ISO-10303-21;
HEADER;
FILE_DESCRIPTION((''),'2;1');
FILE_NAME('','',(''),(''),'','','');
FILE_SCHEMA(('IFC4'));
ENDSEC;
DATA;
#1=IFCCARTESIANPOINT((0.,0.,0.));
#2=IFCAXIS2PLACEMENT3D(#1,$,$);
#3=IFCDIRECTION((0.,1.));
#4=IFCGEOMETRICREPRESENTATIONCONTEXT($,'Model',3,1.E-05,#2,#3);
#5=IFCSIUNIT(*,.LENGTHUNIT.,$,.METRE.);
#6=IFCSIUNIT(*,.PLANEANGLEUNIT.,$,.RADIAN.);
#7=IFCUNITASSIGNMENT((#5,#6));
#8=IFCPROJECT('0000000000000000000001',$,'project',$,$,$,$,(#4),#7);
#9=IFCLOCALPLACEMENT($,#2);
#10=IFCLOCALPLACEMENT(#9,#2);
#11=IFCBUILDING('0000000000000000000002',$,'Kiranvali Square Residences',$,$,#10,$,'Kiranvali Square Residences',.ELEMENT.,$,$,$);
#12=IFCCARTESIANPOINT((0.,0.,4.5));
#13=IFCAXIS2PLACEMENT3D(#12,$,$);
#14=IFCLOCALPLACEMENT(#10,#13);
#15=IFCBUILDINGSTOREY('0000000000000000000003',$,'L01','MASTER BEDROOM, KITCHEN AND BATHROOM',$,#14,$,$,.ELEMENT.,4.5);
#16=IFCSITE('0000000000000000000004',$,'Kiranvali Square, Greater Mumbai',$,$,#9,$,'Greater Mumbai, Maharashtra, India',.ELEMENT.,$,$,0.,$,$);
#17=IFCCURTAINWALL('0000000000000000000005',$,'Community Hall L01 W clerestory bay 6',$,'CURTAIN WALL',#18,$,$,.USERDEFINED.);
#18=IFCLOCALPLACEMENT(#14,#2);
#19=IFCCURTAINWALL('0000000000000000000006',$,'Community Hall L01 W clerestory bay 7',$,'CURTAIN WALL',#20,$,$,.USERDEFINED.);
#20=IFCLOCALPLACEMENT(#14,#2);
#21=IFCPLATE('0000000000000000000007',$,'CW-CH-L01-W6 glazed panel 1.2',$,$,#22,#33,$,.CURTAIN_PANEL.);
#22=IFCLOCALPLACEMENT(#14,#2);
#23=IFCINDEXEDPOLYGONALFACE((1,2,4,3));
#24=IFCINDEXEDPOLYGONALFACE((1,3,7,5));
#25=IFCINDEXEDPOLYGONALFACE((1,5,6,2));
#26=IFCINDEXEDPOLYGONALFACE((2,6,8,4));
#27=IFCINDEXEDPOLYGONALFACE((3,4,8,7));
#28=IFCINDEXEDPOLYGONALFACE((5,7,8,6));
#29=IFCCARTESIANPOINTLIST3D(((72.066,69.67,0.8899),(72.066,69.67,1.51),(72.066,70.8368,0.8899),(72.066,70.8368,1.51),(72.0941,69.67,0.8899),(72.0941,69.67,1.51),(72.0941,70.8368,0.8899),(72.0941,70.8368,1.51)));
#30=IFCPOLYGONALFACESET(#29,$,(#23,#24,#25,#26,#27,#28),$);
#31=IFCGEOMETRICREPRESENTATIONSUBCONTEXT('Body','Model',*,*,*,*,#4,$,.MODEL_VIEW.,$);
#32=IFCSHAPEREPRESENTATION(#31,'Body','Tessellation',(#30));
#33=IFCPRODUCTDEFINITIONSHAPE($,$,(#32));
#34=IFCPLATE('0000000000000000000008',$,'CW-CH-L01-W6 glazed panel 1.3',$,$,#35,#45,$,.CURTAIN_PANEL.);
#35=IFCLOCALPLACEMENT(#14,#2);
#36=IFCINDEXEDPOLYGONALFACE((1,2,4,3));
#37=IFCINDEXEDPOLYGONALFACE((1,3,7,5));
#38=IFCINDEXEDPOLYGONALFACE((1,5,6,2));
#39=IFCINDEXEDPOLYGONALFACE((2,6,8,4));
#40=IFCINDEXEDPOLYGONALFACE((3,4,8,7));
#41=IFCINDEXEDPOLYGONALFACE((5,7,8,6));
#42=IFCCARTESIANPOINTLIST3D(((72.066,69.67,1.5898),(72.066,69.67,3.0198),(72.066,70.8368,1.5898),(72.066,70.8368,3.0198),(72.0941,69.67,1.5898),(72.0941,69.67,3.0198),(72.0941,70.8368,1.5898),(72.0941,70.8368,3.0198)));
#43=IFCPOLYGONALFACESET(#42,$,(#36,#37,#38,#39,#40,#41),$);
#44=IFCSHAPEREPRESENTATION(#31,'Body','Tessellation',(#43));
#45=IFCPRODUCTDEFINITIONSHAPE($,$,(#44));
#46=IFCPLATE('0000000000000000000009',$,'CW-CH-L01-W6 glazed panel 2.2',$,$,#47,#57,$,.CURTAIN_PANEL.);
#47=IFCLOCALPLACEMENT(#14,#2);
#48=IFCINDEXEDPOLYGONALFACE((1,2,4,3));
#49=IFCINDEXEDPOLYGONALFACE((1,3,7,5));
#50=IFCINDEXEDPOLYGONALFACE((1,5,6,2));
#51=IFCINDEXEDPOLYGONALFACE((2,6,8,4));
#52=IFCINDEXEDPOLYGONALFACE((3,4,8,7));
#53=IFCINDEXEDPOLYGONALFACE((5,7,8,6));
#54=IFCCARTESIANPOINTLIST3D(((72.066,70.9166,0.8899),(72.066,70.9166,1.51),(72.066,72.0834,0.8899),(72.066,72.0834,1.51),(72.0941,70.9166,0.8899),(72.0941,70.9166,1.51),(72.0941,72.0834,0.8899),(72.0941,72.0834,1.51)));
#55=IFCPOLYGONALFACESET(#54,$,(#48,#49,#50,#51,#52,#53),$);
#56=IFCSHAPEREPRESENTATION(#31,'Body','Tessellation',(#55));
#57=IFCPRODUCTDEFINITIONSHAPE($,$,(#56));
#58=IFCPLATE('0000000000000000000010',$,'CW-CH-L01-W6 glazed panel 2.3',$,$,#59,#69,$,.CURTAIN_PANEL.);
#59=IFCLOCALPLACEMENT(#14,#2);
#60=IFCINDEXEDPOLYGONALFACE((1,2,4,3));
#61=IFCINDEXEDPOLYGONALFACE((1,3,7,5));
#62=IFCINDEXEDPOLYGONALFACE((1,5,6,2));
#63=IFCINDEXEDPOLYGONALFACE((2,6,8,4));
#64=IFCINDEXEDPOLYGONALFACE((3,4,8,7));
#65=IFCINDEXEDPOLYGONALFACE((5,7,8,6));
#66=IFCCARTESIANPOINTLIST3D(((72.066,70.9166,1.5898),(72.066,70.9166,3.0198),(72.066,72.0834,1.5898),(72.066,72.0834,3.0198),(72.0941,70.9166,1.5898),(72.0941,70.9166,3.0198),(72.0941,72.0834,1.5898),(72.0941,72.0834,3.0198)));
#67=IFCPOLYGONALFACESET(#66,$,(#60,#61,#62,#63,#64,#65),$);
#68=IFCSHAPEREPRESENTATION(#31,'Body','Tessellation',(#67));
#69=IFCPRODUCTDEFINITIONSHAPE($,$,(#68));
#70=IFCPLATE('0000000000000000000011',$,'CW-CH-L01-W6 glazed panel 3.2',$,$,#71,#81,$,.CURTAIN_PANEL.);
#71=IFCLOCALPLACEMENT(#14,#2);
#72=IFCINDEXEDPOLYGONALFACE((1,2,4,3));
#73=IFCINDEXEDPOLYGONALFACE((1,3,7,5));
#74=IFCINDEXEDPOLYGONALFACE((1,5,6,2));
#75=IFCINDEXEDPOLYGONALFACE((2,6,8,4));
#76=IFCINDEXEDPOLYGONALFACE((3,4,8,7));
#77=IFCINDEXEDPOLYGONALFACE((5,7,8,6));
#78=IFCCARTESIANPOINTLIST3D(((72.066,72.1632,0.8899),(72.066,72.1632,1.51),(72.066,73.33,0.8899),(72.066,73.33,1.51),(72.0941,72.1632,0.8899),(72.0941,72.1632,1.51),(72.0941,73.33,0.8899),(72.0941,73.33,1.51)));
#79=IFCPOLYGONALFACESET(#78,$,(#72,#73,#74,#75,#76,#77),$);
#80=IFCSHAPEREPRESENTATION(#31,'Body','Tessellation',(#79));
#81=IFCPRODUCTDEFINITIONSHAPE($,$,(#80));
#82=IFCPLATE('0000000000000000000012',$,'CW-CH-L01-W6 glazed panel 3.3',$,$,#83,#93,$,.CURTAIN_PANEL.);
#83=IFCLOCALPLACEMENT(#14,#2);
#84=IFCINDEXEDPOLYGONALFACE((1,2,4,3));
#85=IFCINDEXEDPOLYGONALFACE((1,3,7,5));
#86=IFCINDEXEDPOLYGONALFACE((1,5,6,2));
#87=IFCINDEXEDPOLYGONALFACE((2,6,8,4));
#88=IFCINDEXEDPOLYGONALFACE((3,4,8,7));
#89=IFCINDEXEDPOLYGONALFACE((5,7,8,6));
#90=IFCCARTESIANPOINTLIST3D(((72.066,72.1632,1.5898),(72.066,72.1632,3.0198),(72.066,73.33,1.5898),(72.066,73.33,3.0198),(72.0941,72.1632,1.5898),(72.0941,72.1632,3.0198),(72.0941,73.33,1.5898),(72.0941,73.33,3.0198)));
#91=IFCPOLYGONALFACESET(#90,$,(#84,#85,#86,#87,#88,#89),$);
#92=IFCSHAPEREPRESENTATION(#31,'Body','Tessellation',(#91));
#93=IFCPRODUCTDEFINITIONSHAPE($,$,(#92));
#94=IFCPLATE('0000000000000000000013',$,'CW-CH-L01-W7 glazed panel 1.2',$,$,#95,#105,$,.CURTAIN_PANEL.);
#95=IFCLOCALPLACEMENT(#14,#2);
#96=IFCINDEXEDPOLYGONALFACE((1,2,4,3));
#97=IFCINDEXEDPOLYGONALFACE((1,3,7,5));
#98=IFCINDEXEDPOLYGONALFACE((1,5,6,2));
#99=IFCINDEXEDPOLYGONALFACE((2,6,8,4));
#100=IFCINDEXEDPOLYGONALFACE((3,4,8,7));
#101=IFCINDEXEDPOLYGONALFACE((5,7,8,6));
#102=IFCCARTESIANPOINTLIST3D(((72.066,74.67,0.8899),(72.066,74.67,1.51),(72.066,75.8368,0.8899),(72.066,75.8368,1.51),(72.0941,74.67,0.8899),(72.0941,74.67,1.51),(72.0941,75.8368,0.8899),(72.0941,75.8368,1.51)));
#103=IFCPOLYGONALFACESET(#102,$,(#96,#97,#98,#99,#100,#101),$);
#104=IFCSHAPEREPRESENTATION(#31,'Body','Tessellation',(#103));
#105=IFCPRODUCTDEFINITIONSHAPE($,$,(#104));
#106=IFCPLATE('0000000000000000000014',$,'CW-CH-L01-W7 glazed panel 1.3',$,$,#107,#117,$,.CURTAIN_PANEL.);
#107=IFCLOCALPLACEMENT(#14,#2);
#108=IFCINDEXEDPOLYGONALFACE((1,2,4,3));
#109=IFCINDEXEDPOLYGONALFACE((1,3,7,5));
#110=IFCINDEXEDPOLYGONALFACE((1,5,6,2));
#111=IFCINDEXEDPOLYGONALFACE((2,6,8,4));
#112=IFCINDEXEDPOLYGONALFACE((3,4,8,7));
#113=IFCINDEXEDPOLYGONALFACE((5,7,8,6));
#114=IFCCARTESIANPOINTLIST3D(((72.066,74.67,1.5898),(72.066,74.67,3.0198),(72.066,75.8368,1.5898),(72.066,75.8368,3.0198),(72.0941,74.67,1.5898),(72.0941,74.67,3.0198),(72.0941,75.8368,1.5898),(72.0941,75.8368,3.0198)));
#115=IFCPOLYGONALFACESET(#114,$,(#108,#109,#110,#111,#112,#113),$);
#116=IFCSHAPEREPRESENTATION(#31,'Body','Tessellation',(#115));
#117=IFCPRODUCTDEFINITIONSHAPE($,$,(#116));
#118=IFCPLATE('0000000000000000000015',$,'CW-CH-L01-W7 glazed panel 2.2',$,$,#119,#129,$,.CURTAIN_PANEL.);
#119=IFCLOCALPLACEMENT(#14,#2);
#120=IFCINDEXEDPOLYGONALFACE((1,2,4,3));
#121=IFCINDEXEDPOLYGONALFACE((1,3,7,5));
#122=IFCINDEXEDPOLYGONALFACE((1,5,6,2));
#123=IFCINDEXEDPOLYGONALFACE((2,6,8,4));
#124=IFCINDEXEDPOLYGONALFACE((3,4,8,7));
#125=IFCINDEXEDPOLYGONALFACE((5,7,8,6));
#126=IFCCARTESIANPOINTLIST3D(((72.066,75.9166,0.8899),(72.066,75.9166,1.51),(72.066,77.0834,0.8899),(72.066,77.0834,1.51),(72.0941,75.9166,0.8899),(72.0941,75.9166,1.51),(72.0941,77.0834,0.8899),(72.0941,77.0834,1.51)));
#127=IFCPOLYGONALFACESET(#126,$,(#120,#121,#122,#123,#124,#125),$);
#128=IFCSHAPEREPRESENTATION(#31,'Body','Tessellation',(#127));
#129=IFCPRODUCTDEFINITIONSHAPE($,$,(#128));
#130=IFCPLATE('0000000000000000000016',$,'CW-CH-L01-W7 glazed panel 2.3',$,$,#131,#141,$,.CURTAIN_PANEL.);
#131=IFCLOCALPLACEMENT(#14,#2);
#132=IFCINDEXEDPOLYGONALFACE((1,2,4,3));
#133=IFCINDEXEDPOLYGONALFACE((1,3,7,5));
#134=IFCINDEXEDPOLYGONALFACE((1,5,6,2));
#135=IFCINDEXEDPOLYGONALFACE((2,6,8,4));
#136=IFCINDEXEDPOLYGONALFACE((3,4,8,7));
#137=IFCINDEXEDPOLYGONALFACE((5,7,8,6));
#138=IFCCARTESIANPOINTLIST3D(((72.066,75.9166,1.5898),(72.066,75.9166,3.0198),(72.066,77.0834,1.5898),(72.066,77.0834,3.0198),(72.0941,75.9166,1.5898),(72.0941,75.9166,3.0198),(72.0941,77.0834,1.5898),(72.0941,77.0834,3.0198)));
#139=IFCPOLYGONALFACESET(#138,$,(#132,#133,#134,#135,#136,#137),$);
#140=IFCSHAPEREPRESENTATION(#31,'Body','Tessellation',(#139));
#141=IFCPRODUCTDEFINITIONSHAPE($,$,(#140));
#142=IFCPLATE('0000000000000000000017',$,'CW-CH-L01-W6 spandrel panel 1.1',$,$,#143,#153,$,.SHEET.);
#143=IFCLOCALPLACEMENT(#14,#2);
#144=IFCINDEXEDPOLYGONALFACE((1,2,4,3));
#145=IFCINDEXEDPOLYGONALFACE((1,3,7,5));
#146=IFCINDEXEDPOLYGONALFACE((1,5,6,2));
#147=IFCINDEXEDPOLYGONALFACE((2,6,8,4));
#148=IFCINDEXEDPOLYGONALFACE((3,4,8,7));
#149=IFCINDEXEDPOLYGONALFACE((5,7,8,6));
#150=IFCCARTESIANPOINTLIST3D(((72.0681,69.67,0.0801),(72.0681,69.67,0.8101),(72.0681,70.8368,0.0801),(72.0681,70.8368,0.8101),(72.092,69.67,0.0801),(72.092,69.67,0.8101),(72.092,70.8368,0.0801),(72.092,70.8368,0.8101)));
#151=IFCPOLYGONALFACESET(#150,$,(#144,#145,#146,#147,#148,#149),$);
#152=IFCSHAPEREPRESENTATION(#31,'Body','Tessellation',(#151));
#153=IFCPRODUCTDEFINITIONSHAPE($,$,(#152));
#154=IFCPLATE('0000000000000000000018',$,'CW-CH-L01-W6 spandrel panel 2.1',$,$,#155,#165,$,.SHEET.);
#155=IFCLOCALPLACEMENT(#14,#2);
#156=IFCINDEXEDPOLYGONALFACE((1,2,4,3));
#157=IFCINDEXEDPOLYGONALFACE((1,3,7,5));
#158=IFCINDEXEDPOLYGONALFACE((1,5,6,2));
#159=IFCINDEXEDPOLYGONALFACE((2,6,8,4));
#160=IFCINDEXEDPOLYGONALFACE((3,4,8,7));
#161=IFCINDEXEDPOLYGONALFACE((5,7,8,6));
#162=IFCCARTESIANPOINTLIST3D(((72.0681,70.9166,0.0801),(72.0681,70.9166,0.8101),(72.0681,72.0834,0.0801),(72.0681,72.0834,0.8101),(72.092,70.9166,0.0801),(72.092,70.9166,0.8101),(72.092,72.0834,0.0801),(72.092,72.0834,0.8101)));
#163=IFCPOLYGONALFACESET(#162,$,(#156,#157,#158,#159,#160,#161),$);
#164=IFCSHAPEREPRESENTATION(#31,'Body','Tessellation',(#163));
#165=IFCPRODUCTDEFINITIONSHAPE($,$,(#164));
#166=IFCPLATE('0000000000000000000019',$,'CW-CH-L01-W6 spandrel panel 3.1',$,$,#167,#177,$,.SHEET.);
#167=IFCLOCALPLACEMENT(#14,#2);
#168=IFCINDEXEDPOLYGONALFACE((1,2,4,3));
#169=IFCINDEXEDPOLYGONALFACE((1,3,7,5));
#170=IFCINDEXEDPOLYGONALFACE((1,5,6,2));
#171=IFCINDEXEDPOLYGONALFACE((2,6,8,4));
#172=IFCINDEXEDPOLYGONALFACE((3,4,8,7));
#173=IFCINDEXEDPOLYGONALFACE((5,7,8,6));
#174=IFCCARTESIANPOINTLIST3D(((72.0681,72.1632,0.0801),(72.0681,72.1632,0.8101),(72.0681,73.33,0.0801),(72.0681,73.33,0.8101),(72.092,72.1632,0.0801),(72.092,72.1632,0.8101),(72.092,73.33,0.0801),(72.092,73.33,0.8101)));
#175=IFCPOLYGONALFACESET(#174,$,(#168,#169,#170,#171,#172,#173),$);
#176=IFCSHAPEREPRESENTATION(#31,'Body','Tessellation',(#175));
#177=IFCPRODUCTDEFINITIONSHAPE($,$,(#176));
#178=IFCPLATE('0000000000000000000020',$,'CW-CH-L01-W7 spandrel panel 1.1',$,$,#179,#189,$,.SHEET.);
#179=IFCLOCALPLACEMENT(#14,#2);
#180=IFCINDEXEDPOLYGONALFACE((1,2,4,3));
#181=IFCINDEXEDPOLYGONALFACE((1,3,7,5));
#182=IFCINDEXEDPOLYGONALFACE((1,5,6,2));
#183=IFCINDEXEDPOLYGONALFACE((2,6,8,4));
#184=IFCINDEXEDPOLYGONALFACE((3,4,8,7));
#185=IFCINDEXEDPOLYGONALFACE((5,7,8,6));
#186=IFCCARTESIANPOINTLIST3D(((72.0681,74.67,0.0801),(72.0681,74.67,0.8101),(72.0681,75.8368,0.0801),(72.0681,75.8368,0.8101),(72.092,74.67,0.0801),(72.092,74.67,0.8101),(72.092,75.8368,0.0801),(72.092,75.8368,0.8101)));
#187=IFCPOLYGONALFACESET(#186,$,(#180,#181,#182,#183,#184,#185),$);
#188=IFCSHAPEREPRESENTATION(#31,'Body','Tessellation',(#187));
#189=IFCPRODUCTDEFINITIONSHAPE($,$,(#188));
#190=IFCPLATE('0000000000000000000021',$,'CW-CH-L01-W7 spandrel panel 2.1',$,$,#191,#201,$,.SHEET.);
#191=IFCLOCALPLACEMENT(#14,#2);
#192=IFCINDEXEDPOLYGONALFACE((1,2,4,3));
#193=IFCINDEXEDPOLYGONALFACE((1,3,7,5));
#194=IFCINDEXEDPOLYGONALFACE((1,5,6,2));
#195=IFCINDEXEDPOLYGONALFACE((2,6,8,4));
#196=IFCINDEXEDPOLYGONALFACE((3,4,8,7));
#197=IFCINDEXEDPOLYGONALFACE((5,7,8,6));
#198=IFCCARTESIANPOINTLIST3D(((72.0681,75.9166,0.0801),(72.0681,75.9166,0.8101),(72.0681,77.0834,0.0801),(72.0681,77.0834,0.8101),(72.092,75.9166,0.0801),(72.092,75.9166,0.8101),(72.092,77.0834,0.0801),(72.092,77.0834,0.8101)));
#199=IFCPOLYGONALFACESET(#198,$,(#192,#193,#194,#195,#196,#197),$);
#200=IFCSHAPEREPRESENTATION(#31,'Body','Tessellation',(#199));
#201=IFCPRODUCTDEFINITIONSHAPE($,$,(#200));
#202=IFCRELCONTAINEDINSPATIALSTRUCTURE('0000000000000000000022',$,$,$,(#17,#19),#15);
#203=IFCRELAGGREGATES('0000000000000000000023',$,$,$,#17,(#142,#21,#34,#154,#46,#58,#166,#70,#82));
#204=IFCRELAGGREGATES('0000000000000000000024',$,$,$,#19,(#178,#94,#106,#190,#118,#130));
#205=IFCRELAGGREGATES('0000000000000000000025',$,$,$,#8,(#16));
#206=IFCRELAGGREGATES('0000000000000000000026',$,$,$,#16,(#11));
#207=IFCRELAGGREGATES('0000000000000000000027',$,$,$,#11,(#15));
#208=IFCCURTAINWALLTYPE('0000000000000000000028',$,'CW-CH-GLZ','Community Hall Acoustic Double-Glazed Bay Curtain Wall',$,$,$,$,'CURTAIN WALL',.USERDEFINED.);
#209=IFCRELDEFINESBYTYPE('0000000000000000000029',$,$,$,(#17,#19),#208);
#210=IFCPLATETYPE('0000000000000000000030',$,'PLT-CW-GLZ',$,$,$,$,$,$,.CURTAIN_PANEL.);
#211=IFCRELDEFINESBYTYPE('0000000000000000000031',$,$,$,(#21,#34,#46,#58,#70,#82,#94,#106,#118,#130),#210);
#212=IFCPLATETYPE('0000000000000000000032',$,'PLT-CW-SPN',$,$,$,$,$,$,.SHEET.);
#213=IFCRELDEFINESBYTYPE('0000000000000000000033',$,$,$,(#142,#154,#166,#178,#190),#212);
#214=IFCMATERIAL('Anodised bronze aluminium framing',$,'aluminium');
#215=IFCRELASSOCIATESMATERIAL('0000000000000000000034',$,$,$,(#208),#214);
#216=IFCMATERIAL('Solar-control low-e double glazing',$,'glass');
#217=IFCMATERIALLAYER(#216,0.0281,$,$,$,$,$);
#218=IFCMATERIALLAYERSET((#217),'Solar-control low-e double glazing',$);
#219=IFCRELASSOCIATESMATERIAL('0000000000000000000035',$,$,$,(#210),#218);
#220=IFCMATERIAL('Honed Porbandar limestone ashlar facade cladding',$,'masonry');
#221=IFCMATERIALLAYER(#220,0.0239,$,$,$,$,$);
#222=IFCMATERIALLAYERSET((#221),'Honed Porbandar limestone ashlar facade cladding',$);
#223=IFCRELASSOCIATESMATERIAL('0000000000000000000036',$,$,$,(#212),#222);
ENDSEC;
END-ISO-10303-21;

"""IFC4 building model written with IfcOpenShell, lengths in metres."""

from ifc_helpers import new_model, si_unit, direction, frame, origin, origin_2d, place, context, subcontext, project, spatial, rectangle, extrude, material, layer, layer_set, type_object, element, aggregate, save


model = new_model("IFC4")

# Units and contexts
model_context = context("Model", 3, precision=1e-05, world=origin(), true_north=direction((0.0, 1.0)))
body_context = subcontext(model_context, "Body", "Model", "MODEL_VIEW")
ifc_project = project(units=[si_unit("LENGTHUNIT", "METRE"), si_unit("PLANEANGLEUNIT", "RADIAN")], contexts=[model_context])

# Site, building, storey
site_placement = place(None, origin())
site = spatial("IfcSite", under=ifc_project, at=site_placement, Name="Kiranvali Square, Greater Mumbai", LongName="Greater Mumbai, Maharashtra, India", CompositionType="ELEMENT", RefElevation=0.0)
building_placement = place(site_placement, origin())
building = spatial("IfcBuilding", under=site, at=building_placement, Name="Kiranvali Square Residences", LongName="Kiranvali Square Residences", CompositionType="ELEMENT")
storey_placement = place(building_placement, frame((0.0, 0.0, 4.5)))
storey = spatial("IfcBuildingStorey", under=building, at=storey_placement, Name="L01", Description="MASTER BEDROOM, KITCHEN AND BATHROOM", CompositionType="ELEMENT", Elevation=4.5)

# Curtain walls
ifc_material_1 = material(Name="Anodised bronze aluminium framing", Category="aluminium")
curtain_wall_type = type_object("IfcCurtainWallType", Name="CW-CH-GLZ", Description="Community Hall Acoustic Double-Glazed Bay Curtain Wall", ElementType="CURTAIN WALL", PredefinedType="USERDEFINED", material=ifc_material_1)
curtain_wall_1_placement = place(storey_placement, origin())
curtain_wall_1 = element("IfcCurtainWall", 1, at=curtain_wall_1_placement, inside=storey, type_object=curtain_wall_type, Name="Community Hall L01 W clerestory bay 6", ObjectType="CURTAIN WALL", PredefinedType="USERDEFINED")
curtain_wall_2_placement = place(storey_placement, origin())
curtain_wall_2 = element("IfcCurtainWall", 2, at=curtain_wall_2_placement, inside=storey, type_object=curtain_wall_type, Name="Community Hall L01 W clerestory bay 7", ObjectType="CURTAIN WALL", PredefinedType="USERDEFINED")

# Plates
ifc_material_2 = material(Name="Solar-control low-e double glazing", Category="glass")
ifc_layer_1 = layer(ifc_material_2, 0.0281)
ifc_layer_set_1 = layer_set([ifc_layer_1], Name="Solar-control low-e double glazing")
plate_type_1 = type_object("IfcPlateType", Name="PLT-CW-GLZ", PredefinedType="CURTAIN_PANEL", material=ifc_layer_set_1)
plate_1_placement = place(storey_placement, frame((72.0801, 70.2534, 0.8899), z_axis=(0.0, 0.0, 1.0), x_axis=(0.0, 1.0, 0.0)))
plate_1 = element("IfcPlate", 3, at=plate_1_placement, type_object=plate_type_1, Name="CW-CH-L01-W6 glazed panel 1.2", PredefinedType="CURTAIN_PANEL", context=body_context, shape_type="SweptSolid", body=[
    extrude(rectangle(XDim=1.1667, YDim=0.0281, at=origin_2d()), origin(), (0.0, 0.0, 1.0), 0.6201),
])
plate_2_placement = place(storey_placement, frame((72.0801, 70.2534, 1.5898), z_axis=(0.0, 0.0, 1.0), x_axis=(0.0, 1.0, 0.0)))
plate_2 = element("IfcPlate", 4, at=plate_2_placement, type_object=plate_type_1, Name="CW-CH-L01-W6 glazed panel 1.3", PredefinedType="CURTAIN_PANEL", context=body_context, shape_type="SweptSolid", body=[
    extrude(rectangle(XDim=1.1667, YDim=0.0281, at=origin_2d()), origin(), (0.0, 0.0, 1.0), 1.4299),
])
plate_3_placement = place(storey_placement, frame((72.0801, 71.5, 0.8899), z_axis=(0.0, 0.0, 1.0), x_axis=(0.0, 1.0, 0.0)))
plate_3 = element("IfcPlate", 5, at=plate_3_placement, type_object=plate_type_1, Name="CW-CH-L01-W6 glazed panel 2.2", PredefinedType="CURTAIN_PANEL", context=body_context, shape_type="SweptSolid", body=[
    extrude(rectangle(XDim=1.1667, YDim=0.0281, at=origin_2d()), origin(), (0.0, 0.0, 1.0), 0.6201),
])
plate_4_placement = place(storey_placement, frame((72.0801, 71.5, 1.5898), z_axis=(0.0, 0.0, 1.0), x_axis=(0.0, 1.0, 0.0)))
plate_4 = element("IfcPlate", 6, at=plate_4_placement, type_object=plate_type_1, Name="CW-CH-L01-W6 glazed panel 2.3", PredefinedType="CURTAIN_PANEL", context=body_context, shape_type="SweptSolid", body=[
    extrude(rectangle(XDim=1.1667, YDim=0.0281, at=origin_2d()), origin(), (0.0, 0.0, 1.0), 1.4299),
])
plate_5_placement = place(storey_placement, frame((72.0801, 72.7466, 0.8899), z_axis=(0.0, 0.0, 1.0), x_axis=(0.0, 1.0, 0.0)))
plate_5 = element("IfcPlate", 7, at=plate_5_placement, type_object=plate_type_1, Name="CW-CH-L01-W6 glazed panel 3.2", PredefinedType="CURTAIN_PANEL", context=body_context, shape_type="SweptSolid", body=[
    extrude(rectangle(XDim=1.1667, YDim=0.0281, at=origin_2d()), origin(), (0.0, 0.0, 1.0), 0.6201),
])
plate_6_placement = place(storey_placement, frame((72.0801, 72.7466, 1.5898), z_axis=(0.0, 0.0, 1.0), x_axis=(0.0, 1.0, 0.0)))
plate_6 = element("IfcPlate", 8, at=plate_6_placement, type_object=plate_type_1, Name="CW-CH-L01-W6 glazed panel 3.3", PredefinedType="CURTAIN_PANEL", context=body_context, shape_type="SweptSolid", body=[
    extrude(rectangle(XDim=1.1667, YDim=0.0281, at=origin_2d()), origin(), (0.0, 0.0, 1.0), 1.4299),
])
plate_7_placement = place(storey_placement, frame((72.0801, 75.2534, 0.8899), z_axis=(0.0, 0.0, 1.0), x_axis=(0.0, 1.0, 0.0)))
plate_7 = element("IfcPlate", 9, at=plate_7_placement, type_object=plate_type_1, Name="CW-CH-L01-W7 glazed panel 1.2", PredefinedType="CURTAIN_PANEL", context=body_context, shape_type="SweptSolid", body=[
    extrude(rectangle(XDim=1.1667, YDim=0.0281, at=origin_2d()), origin(), (0.0, 0.0, 1.0), 0.6201),
])
plate_8_placement = place(storey_placement, frame((72.0801, 75.2534, 1.5898), z_axis=(0.0, 0.0, 1.0), x_axis=(0.0, 1.0, 0.0)))
plate_8 = element("IfcPlate", 10, at=plate_8_placement, type_object=plate_type_1, Name="CW-CH-L01-W7 glazed panel 1.3", PredefinedType="CURTAIN_PANEL", context=body_context, shape_type="SweptSolid", body=[
    extrude(rectangle(XDim=1.1667, YDim=0.0281, at=origin_2d()), origin(), (0.0, 0.0, 1.0), 1.4299),
])
plate_9_placement = place(storey_placement, frame((72.0801, 76.5, 0.8899), z_axis=(0.0, 0.0, 1.0), x_axis=(0.0, 1.0, 0.0)))
plate_9 = element("IfcPlate", 11, at=plate_9_placement, type_object=plate_type_1, Name="CW-CH-L01-W7 glazed panel 2.2", PredefinedType="CURTAIN_PANEL", context=body_context, shape_type="SweptSolid", body=[
    extrude(rectangle(XDim=1.1667, YDim=0.0281, at=origin_2d()), origin(), (0.0, 0.0, 1.0), 0.6201),
])
plate_10_placement = place(storey_placement, frame((72.0801, 76.5, 1.5898), z_axis=(0.0, 0.0, 1.0), x_axis=(0.0, 1.0, 0.0)))
plate_10 = element("IfcPlate", 12, at=plate_10_placement, type_object=plate_type_1, Name="CW-CH-L01-W7 glazed panel 2.3", PredefinedType="CURTAIN_PANEL", context=body_context, shape_type="SweptSolid", body=[
    extrude(rectangle(XDim=1.1667, YDim=0.0281, at=origin_2d()), origin(), (0.0, 0.0, 1.0), 1.4299),
])
ifc_material_3 = material(Name="Honed Porbandar limestone ashlar facade cladding", Category="masonry")
ifc_layer_2 = layer(ifc_material_3, 0.0239)
ifc_layer_set_2 = layer_set([ifc_layer_2], Name="Honed Porbandar limestone ashlar facade cladding")
plate_type_2 = type_object("IfcPlateType", Name="PLT-CW-SPN", PredefinedType="SHEET", material=ifc_layer_set_2)
plate_11_placement = place(storey_placement, frame((72.0801, 70.2534, 0.0801), z_axis=(0.0, 0.0, 1.0), x_axis=(0.0, 1.0, 0.0)))
plate_11 = element("IfcPlate", 13, at=plate_11_placement, type_object=plate_type_2, Name="CW-CH-L01-W6 spandrel panel 1.1", PredefinedType="SHEET", context=body_context, shape_type="SweptSolid", body=[
    extrude(rectangle(XDim=1.1667, YDim=0.0239, at=origin_2d()), origin(), (0.0, 0.0, 1.0), 0.73),
])
plate_12_placement = place(storey_placement, frame((72.0801, 71.5, 0.0801), z_axis=(0.0, 0.0, 1.0), x_axis=(0.0, 1.0, 0.0)))
plate_12 = element("IfcPlate", 14, at=plate_12_placement, type_object=plate_type_2, Name="CW-CH-L01-W6 spandrel panel 2.1", PredefinedType="SHEET", context=body_context, shape_type="SweptSolid", body=[
    extrude(rectangle(XDim=1.1667, YDim=0.0239, at=origin_2d()), origin(), (0.0, 0.0, 1.0), 0.73),
])
plate_13_placement = place(storey_placement, frame((72.0801, 72.7466, 0.0801), z_axis=(0.0, 0.0, 1.0), x_axis=(0.0, 1.0, 0.0)))
plate_13 = element("IfcPlate", 15, at=plate_13_placement, type_object=plate_type_2, Name="CW-CH-L01-W6 spandrel panel 3.1", PredefinedType="SHEET", context=body_context, shape_type="SweptSolid", body=[
    extrude(rectangle(XDim=1.1667, YDim=0.0239, at=origin_2d()), origin(), (0.0, 0.0, 1.0), 0.73),
])
aggregate(curtain_wall_1, [plate_11, plate_1, plate_2, plate_12, plate_3, plate_4, plate_13, plate_5, plate_6])
plate_14_placement = place(storey_placement, frame((72.0801, 75.2534, 0.0801), z_axis=(0.0, 0.0, 1.0), x_axis=(0.0, 1.0, 0.0)))
plate_14 = element("IfcPlate", 16, at=plate_14_placement, type_object=plate_type_2, Name="CW-CH-L01-W7 spandrel panel 1.1", PredefinedType="SHEET", context=body_context, shape_type="SweptSolid", body=[
    extrude(rectangle(XDim=1.1667, YDim=0.0239, at=origin_2d()), origin(), (0.0, 0.0, 1.0), 0.73),
])
plate_15_placement = place(storey_placement, frame((72.0801, 76.5, 0.0801), z_axis=(0.0, 0.0, 1.0), x_axis=(0.0, 1.0, 0.0)))
plate_15 = element("IfcPlate", 17, at=plate_15_placement, type_object=plate_type_2, Name="CW-CH-L01-W7 spandrel panel 2.1", PredefinedType="SHEET", context=body_context, shape_type="SweptSolid", body=[
    extrude(rectangle(XDim=1.1667, YDim=0.0239, at=origin_2d()), origin(), (0.0, 0.0, 1.0), 0.73),
])
aggregate(curtain_wall_2, [plate_14, plate_7, plate_8, plate_15, plate_9, plate_10])

save(model, "model.ifc")
